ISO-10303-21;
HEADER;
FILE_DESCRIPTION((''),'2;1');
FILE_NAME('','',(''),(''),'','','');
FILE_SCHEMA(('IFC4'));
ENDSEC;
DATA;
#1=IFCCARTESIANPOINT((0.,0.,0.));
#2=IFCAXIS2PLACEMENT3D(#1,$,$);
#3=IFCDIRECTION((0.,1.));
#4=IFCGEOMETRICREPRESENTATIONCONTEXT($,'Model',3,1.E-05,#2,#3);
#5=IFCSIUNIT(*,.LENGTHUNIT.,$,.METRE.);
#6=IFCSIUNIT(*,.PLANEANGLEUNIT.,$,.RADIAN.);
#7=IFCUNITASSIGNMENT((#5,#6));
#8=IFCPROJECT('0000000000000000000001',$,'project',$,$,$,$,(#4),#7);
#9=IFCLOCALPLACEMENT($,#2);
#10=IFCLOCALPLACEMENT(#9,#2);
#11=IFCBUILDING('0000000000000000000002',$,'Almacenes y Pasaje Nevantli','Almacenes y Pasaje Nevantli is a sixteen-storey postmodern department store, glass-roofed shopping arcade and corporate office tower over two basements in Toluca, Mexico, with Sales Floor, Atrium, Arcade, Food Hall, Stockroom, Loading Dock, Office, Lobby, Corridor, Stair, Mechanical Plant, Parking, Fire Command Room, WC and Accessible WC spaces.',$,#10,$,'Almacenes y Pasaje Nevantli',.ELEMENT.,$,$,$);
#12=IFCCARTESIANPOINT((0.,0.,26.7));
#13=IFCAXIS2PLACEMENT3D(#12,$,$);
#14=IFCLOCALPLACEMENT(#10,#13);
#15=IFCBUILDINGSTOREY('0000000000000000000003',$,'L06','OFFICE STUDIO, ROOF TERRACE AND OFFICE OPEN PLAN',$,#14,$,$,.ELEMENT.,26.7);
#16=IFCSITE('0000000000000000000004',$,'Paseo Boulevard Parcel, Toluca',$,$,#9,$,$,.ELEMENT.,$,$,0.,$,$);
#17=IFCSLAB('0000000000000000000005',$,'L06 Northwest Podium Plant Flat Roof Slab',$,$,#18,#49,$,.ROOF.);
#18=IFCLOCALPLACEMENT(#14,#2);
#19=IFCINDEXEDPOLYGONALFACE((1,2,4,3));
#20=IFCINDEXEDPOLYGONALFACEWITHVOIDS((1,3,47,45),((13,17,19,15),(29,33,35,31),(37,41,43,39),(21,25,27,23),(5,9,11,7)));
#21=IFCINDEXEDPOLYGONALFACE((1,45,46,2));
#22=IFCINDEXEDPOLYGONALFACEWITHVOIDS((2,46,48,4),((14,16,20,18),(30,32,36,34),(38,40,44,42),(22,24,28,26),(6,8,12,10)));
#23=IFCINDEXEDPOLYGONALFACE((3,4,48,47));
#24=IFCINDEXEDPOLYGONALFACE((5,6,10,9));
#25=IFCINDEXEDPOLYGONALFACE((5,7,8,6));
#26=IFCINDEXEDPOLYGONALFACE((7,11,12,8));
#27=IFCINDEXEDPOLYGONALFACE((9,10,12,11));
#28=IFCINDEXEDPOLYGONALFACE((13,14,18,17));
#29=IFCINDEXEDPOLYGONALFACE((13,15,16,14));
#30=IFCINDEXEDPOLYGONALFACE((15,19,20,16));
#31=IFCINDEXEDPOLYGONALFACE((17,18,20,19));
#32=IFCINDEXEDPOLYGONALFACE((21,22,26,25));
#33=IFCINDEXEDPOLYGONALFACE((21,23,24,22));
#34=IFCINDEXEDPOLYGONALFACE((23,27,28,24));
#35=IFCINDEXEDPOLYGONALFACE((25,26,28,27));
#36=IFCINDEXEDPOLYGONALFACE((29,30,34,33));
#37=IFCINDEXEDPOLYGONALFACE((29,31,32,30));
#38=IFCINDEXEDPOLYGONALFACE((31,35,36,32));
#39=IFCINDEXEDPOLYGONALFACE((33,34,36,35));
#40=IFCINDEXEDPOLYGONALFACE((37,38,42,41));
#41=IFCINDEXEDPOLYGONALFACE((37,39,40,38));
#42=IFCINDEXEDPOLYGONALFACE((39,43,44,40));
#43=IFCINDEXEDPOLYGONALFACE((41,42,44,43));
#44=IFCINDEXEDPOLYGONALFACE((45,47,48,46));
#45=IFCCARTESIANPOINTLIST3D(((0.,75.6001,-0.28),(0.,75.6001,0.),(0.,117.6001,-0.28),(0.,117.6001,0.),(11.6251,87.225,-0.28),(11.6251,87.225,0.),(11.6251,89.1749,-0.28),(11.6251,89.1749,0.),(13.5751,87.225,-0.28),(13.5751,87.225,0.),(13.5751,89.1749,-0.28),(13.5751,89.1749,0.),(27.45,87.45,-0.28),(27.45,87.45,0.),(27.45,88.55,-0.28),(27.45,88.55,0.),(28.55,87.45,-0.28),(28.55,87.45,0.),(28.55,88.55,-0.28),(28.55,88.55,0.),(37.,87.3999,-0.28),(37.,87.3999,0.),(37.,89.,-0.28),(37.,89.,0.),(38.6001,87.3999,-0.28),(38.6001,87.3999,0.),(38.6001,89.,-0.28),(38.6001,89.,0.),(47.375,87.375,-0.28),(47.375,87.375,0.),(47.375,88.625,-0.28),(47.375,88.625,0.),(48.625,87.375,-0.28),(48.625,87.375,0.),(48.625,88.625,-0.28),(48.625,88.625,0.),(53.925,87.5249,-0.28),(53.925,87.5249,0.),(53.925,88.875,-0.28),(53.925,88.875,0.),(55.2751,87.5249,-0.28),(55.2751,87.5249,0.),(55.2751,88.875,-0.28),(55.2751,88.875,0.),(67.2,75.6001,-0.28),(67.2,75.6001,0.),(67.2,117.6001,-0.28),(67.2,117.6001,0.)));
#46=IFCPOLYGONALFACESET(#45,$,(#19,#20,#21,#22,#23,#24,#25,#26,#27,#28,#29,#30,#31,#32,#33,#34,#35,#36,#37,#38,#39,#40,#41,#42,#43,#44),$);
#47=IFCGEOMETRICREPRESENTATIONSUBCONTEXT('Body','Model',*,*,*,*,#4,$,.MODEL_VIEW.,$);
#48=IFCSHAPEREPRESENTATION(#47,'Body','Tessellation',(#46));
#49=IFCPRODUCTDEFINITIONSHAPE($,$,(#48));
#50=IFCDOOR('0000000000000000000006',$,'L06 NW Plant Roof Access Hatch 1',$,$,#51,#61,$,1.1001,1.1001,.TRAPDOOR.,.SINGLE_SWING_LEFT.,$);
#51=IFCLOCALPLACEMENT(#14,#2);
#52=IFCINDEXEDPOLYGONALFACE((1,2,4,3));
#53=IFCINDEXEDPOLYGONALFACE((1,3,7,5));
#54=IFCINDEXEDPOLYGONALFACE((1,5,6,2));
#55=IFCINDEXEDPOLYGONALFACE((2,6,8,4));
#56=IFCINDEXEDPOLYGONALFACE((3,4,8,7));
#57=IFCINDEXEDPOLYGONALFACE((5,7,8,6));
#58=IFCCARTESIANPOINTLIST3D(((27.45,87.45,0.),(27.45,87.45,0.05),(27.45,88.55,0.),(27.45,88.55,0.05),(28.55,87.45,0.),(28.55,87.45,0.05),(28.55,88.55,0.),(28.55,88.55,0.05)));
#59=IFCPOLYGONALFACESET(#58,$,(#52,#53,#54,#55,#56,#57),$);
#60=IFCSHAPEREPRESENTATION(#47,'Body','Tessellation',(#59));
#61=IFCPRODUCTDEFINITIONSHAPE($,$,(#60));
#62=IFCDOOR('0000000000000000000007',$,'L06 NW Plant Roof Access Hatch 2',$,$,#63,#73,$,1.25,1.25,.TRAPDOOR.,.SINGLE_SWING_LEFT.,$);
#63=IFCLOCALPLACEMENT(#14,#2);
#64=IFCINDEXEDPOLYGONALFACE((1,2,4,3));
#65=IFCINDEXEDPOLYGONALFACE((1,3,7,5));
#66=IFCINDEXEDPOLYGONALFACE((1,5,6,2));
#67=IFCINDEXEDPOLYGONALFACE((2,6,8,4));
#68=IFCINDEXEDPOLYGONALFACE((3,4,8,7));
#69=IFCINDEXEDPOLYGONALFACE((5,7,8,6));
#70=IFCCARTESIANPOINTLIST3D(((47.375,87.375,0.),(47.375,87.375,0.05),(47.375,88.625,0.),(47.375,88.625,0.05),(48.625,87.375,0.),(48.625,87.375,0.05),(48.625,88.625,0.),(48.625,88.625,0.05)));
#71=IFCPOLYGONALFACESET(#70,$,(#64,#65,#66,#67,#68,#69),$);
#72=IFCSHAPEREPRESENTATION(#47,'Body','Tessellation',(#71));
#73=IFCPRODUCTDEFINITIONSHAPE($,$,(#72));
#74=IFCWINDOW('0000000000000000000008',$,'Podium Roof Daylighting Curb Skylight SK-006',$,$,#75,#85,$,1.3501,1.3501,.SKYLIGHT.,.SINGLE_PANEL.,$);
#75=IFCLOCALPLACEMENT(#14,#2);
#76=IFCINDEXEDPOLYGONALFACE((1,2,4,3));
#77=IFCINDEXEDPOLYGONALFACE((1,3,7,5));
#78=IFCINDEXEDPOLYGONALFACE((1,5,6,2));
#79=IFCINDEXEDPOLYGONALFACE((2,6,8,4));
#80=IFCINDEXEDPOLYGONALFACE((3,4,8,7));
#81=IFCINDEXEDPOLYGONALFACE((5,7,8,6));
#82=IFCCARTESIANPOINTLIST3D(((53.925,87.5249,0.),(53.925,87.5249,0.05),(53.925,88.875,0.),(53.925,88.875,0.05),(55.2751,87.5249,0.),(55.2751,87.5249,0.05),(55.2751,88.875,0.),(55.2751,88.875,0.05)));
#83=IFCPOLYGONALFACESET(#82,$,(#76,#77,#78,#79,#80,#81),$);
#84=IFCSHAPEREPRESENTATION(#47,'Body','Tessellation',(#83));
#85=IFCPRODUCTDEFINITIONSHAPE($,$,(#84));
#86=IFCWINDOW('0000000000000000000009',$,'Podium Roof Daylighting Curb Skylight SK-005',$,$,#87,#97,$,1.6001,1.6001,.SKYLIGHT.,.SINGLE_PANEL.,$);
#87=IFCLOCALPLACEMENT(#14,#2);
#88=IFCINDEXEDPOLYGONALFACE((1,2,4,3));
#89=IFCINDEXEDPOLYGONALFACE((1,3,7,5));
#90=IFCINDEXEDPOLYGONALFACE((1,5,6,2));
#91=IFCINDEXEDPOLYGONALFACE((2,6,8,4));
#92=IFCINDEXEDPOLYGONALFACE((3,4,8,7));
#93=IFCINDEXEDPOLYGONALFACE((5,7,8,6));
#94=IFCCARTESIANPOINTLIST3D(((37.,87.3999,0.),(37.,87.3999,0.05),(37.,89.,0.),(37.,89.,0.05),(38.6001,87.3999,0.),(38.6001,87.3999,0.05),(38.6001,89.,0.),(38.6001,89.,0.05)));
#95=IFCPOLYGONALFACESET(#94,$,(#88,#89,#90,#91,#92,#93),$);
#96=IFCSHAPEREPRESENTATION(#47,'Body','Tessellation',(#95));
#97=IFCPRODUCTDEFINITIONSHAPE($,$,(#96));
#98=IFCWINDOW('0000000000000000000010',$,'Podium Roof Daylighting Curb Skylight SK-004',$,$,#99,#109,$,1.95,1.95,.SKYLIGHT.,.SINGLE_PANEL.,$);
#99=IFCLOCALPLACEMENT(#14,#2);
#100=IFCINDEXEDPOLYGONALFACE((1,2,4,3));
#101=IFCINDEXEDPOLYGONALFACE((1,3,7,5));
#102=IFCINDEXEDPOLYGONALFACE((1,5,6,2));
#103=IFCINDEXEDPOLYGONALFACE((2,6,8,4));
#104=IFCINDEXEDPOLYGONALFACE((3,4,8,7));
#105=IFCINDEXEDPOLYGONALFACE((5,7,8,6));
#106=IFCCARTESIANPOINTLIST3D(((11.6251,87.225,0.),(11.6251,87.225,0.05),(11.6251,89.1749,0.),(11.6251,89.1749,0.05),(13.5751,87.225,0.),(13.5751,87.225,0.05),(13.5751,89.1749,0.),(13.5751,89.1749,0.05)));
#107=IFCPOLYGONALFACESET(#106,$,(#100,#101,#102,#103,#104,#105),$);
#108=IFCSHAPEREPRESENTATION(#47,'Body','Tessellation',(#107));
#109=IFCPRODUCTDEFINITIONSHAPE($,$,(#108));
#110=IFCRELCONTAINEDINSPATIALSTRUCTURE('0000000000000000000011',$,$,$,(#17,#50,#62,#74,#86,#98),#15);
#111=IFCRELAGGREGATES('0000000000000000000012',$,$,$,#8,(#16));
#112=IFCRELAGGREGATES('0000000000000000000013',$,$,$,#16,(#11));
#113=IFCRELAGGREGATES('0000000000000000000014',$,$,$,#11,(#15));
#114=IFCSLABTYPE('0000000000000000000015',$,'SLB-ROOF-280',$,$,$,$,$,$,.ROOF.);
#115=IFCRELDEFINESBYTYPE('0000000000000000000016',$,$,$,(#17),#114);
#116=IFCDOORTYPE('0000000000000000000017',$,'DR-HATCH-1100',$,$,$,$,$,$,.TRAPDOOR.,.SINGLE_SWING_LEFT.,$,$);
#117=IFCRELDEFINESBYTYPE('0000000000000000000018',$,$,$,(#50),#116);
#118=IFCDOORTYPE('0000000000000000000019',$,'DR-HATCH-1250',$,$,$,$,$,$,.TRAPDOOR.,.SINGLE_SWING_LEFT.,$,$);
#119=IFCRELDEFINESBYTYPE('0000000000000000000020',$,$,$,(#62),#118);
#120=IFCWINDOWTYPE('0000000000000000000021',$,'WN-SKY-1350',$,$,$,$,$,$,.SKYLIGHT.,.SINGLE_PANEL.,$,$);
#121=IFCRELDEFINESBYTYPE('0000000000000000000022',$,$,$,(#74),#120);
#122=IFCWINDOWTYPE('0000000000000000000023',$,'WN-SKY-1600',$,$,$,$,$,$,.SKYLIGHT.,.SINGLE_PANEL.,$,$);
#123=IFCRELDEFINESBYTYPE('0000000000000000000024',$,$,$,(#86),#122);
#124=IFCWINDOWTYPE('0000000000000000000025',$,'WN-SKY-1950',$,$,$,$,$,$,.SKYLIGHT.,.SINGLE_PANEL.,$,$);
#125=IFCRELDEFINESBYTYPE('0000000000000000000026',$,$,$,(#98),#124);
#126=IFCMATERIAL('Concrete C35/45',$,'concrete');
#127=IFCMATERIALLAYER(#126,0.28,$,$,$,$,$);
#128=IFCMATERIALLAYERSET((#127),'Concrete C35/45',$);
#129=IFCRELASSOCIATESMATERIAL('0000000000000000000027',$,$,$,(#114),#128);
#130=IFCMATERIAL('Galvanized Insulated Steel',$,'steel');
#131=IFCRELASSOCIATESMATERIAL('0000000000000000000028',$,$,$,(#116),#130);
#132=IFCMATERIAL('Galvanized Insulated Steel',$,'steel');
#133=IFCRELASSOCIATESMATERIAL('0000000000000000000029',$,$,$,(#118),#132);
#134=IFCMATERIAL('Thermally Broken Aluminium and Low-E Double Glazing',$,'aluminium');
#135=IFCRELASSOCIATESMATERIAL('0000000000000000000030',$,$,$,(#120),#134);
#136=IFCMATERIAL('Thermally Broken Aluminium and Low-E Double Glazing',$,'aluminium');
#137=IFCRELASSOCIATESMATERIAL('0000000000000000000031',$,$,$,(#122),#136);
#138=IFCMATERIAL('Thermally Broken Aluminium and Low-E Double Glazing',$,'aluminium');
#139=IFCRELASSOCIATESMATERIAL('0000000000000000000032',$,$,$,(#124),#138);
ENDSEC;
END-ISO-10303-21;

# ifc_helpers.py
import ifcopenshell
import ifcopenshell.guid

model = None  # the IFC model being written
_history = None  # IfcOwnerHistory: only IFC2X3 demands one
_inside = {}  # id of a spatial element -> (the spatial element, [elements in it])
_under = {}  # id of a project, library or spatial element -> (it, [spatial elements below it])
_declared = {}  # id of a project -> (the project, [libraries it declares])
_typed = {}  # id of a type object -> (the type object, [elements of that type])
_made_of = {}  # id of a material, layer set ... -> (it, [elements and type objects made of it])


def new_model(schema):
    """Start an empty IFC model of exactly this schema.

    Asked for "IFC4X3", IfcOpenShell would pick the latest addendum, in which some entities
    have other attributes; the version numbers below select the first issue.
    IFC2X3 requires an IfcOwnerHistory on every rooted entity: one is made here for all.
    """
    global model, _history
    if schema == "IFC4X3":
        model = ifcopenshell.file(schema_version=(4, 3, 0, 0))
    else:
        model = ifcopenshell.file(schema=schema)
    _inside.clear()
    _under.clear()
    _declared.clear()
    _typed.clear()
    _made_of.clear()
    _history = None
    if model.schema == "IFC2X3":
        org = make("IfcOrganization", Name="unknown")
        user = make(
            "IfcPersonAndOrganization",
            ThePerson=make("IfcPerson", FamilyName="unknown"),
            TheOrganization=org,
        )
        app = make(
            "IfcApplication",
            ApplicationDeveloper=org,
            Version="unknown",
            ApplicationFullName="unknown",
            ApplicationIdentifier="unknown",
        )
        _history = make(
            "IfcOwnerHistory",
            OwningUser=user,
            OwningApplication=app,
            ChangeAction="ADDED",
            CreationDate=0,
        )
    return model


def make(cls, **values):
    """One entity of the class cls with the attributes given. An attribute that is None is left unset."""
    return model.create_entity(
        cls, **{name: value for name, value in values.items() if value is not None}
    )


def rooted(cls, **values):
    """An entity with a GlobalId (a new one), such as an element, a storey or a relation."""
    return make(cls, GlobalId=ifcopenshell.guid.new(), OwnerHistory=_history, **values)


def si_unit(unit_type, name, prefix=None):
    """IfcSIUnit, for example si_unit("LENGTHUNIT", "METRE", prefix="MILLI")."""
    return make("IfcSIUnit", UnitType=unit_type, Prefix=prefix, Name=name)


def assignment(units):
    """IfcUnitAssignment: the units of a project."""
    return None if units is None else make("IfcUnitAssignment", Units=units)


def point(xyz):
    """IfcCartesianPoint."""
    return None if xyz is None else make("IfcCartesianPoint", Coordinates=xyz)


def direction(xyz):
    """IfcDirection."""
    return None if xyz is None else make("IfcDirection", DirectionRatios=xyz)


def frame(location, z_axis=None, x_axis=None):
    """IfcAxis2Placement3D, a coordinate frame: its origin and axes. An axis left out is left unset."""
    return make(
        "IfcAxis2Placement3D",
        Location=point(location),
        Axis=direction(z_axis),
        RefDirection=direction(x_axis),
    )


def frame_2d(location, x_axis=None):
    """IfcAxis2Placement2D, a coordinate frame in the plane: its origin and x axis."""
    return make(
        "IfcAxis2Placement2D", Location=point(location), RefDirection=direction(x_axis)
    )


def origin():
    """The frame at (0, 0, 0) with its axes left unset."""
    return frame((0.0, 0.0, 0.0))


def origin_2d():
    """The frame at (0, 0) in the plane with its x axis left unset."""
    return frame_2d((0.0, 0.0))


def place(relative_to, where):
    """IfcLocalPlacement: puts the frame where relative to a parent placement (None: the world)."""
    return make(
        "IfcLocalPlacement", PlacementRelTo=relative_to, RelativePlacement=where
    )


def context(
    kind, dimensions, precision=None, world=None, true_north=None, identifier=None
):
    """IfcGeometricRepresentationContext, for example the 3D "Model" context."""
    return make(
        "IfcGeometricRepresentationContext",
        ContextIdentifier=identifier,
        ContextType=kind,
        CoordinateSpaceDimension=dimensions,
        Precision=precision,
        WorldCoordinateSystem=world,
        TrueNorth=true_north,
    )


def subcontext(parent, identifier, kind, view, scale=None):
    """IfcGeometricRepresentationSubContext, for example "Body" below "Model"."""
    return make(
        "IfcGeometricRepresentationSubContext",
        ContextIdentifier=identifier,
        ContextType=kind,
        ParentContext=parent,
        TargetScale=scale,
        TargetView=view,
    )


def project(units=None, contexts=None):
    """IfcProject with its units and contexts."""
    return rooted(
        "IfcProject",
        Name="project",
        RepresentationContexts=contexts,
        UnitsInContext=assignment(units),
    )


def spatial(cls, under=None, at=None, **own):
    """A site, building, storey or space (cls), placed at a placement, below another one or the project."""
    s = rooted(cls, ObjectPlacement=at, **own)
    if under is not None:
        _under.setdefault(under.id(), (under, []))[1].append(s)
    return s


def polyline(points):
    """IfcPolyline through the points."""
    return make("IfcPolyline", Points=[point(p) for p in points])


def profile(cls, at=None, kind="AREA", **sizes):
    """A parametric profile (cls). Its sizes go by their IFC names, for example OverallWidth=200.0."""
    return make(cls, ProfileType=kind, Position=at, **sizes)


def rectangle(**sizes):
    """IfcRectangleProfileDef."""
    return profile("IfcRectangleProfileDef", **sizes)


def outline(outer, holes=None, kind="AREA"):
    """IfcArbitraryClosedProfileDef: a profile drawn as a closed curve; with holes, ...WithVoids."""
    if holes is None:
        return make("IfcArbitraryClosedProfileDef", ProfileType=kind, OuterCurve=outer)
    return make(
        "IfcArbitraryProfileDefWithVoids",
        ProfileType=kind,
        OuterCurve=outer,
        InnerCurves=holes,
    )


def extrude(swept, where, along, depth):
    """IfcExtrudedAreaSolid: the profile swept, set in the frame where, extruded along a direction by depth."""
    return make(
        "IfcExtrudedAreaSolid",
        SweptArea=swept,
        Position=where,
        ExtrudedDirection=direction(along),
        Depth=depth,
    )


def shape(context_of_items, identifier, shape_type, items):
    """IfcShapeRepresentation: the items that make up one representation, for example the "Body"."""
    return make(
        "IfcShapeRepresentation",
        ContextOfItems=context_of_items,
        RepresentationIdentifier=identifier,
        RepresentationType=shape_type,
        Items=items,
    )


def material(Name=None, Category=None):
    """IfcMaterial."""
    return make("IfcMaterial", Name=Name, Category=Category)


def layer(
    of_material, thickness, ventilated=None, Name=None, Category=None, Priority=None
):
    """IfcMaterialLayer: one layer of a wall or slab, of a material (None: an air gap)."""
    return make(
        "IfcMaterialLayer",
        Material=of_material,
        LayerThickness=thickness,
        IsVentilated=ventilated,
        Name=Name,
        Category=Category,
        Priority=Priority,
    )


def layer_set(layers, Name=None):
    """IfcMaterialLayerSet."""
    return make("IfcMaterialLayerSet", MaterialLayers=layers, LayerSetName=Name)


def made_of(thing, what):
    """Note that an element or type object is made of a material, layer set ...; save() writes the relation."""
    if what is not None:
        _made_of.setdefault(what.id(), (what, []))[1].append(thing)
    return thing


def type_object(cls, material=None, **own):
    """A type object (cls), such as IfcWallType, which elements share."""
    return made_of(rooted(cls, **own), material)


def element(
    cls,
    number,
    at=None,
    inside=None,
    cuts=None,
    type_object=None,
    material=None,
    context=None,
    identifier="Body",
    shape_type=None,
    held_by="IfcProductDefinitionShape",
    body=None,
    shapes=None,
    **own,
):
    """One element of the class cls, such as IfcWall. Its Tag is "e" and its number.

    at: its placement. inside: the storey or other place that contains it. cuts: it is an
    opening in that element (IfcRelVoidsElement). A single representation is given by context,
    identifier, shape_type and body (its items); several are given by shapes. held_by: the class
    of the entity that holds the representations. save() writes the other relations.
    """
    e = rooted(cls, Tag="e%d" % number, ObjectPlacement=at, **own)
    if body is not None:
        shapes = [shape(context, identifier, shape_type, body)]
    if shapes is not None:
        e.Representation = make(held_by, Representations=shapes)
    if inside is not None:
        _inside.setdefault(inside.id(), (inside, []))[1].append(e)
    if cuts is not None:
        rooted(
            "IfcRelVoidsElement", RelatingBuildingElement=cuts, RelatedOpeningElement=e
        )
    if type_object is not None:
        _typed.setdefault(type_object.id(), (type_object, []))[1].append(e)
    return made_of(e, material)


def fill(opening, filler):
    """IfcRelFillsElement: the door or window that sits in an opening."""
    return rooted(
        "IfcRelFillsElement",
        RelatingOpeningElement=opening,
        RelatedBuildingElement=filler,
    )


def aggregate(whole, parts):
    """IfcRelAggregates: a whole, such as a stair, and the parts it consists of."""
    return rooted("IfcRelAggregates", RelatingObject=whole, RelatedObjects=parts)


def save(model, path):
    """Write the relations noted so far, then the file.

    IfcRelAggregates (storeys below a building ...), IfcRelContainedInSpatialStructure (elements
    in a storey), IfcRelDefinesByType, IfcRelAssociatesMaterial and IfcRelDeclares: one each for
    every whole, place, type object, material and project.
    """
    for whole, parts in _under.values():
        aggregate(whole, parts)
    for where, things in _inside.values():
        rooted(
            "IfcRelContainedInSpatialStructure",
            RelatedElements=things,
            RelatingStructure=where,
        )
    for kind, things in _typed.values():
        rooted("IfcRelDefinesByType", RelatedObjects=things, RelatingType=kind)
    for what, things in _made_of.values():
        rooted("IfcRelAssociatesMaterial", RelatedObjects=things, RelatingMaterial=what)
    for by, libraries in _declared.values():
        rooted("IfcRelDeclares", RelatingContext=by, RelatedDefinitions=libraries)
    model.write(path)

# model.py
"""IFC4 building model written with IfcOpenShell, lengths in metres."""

from ifc_helpers import new_model, si_unit, direction, frame, origin, origin_2d, place, context, subcontext, project, spatial, polyline, rectangle, outline, extrude, material, layer, layer_set, type_object, element, fill, save


model = new_model("IFC4")

# Units and contexts
model_context = context("Model", 3, precision=1e-05, world=origin(), true_north=direction((0.0, 1.0)))
body_context = subcontext(model_context, "Body", "Model", "MODEL_VIEW")
ifc_project = project(units=[si_unit("LENGTHUNIT", "METRE"), si_unit("PLANEANGLEUNIT", "RADIAN")], contexts=[model_context])

# Site, building, storey
site_placement = place(None, origin())
site = spatial("IfcSite", under=ifc_project, at=site_placement, Name="Paseo Boulevard Parcel, Toluca", CompositionType="ELEMENT", RefElevation=0.0)
building_placement = place(site_placement, origin())
building = spatial("IfcBuilding", under=site, at=building_placement, Name="Almacenes y Pasaje Nevantli", Description="Almacenes y Pasaje Nevantli is a sixteen-storey postmodern department store, glass-roofed shopping arcade and corporate office tower over two basements in Toluca, Mexico, with Sales Floor, Atrium, Arcade, Food Hall, Stockroom, Loading Dock, Office, Lobby, Corridor, Stair, Mechanical Plant, Parking, Fire Command Room, WC and Accessible WC spaces.", LongName="Almacenes y Pasaje Nevantli", CompositionType="ELEMENT")
storey_placement = place(building_placement, frame((0.0, 0.0, 26.7)))
storey = spatial("IfcBuildingStorey", under=building, at=storey_placement, Name="L06", Description="OFFICE STUDIO, ROOF TERRACE AND OFFICE OPEN PLAN", CompositionType="ELEMENT", Elevation=26.7)

# Slab, openings, doors, windows
ifc_material_1 = material(Name="Concrete C35/45", Category="concrete")
ifc_layer_1 = layer(ifc_material_1, 0.28)
ifc_layer_set_1 = layer_set([ifc_layer_1], Name="Concrete C35/45")
slab_type_1 = type_object("IfcSlabType", Name="SLB-ROOF-280", PredefinedType="ROOF", material=ifc_layer_set_1)
slab_1_placement = place(storey_placement, frame((0.0, 0.0, -0.28)))
slab_1 = element("IfcSlab", 1, at=slab_1_placement, inside=storey, type_object=slab_type_1, Name="L06 Northwest Podium Plant Flat Roof Slab", PredefinedType="ROOF", context=body_context, shape_type="SweptSolid", body=[
    extrude(outline(polyline([(0.0, 75.6001), (67.2, 75.6001), (67.2, 117.6001), (0.0, 117.6001), (0.0, 75.6001)])), origin(), (0.0, 0.0, 1.0), 0.28),
])
opening_1_placement = place(slab_1_placement, frame((28.0, 88.0, -0.01)))
opening_1 = element("IfcOpeningElement", 2, at=opening_1_placement, cuts=slab_1, PredefinedType="OPENING", context=body_context, shape_type="SweptSolid", body=[
    extrude(rectangle(XDim=1.1001, YDim=1.1001, at=origin_2d()), origin(), (0.0, 0.0, 1.0), 0.3501),
])
opening_2_placement = place(slab_1_placement, frame((48.0, 88.0, -0.01)))
opening_2 = element("IfcOpeningElement", 3, at=opening_2_placement, cuts=slab_1, PredefinedType="OPENING", context=body_context, shape_type="SweptSolid", body=[
    extrude(rectangle(XDim=1.25, YDim=1.25, at=origin_2d()), origin(), (0.0, 0.0, 1.0), 0.3501),
])
opening_3_placement = place(slab_1_placement, frame((12.6001, 88.2, -0.01)))
opening_3 = element("IfcOpeningElement", 4, at=opening_3_placement, cuts=slab_1, PredefinedType="OPENING", context=body_context, shape_type="SweptSolid", body=[
    extrude(rectangle(XDim=1.95, YDim=1.95, at=origin_2d()), origin(), (0.0, 0.0, 1.0), 0.3501),
])
opening_4_placement = place(slab_1_placement, frame((37.8, 88.2, -0.01)))
opening_4 = element("IfcOpeningElement", 5, at=opening_4_placement, cuts=slab_1, PredefinedType="OPENING", context=body_context, shape_type="SweptSolid", body=[
    extrude(rectangle(XDim=1.6001, YDim=1.6001, at=origin_2d()), origin(), (0.0, 0.0, 1.0), 0.3501),
])
opening_5_placement = place(slab_1_placement, frame((54.6001, 88.2, -0.01)))
opening_5 = element("IfcOpeningElement", 6, at=opening_5_placement, cuts=slab_1, PredefinedType="OPENING", context=body_context, shape_type="SweptSolid", body=[
    extrude(rectangle(XDim=1.3501, YDim=1.3501, at=origin_2d()), origin(), (0.0, 0.0, 1.0), 0.3501),
])
ifc_material_2 = material(Name="Galvanized Insulated Steel", Category="steel")
door_type_1 = type_object("IfcDoorType", Name="DR-HATCH-1100", OperationType="SINGLE_SWING_LEFT", PredefinedType="TRAPDOOR", material=ifc_material_2)
door_1_placement = place(slab_1_placement, frame((28.0, 88.0, 0.28)))
door_1 = element("IfcDoor", 7, at=door_1_placement, inside=storey, type_object=door_type_1, Name="L06 NW Plant Roof Access Hatch 1", OperationType="SINGLE_SWING_LEFT", OverallHeight=1.1001, OverallWidth=1.1001, PredefinedType="TRAPDOOR", context=body_context, shape_type="SweptSolid", body=[
    extrude(rectangle(XDim=1.1001, YDim=1.1001, at=origin_2d()), origin(), (0.0, 0.0, 1.0), 0.05),
])
fill(opening_1, door_1)
ifc_material_3 = material(Name="Galvanized Insulated Steel", Category="steel")
door_type_2 = type_object("IfcDoorType", Name="DR-HATCH-1250", OperationType="SINGLE_SWING_LEFT", PredefinedType="TRAPDOOR", material=ifc_material_3)
door_2_placement = place(slab_1_placement, frame((48.0, 88.0, 0.28)))
door_2 = element("IfcDoor", 8, at=door_2_placement, inside=storey, type_object=door_type_2, Name="L06 NW Plant Roof Access Hatch 2", OperationType="SINGLE_SWING_LEFT", OverallHeight=1.25, OverallWidth=1.25, PredefinedType="TRAPDOOR", context=body_context, shape_type="SweptSolid", body=[
    extrude(rectangle(XDim=1.25, YDim=1.25, at=origin_2d()), origin(), (0.0, 0.0, 1.0), 0.05),
])
fill(opening_2, door_2)
ifc_material_4 = material(Name="Thermally Broken Aluminium and Low-E Double Glazing", Category="aluminium")
window_type_1 = type_object("IfcWindowType", Name="WN-SKY-1350", PartitioningType="SINGLE_PANEL", PredefinedType="SKYLIGHT", material=ifc_material_4)
window_1_placement = place(slab_1_placement, frame((54.6001, 88.2, 0.28)))
window_1 = element("IfcWindow", 9, at=window_1_placement, inside=storey, type_object=window_type_1, Name="Podium Roof Daylighting Curb Skylight SK-006", OverallHeight=1.3501, OverallWidth=1.3501, PartitioningType="SINGLE_PANEL", PredefinedType="SKYLIGHT", context=body_context, shape_type="SweptSolid", body=[
    extrude(rectangle(XDim=1.3501, YDim=1.3501, at=origin_2d()), origin(), (0.0, 0.0, 1.0), 0.05),
])
fill(opening_5, window_1)
ifc_material_5 = material(Name="Thermally Broken Aluminium and Low-E Double Glazing", Category="aluminium")
window_type_2 = type_object("IfcWindowType", Name="WN-SKY-1600", PartitioningType="SINGLE_PANEL", PredefinedType="SKYLIGHT", material=ifc_material_5)
window_2_placement = place(slab_1_placement, frame((37.8, 88.2, 0.28)))
window_2 = element("IfcWindow", 10, at=window_2_placement, inside=storey, type_object=window_type_2, Name="Podium Roof Daylighting Curb Skylight SK-005", OverallHeight=1.6001, OverallWidth=1.6001, PartitioningType="SINGLE_PANEL", PredefinedType="SKYLIGHT", context=body_context, shape_type="SweptSolid", body=[
    extrude(rectangle(XDim=1.6001, YDim=1.6001, at=origin_2d()), origin(), (0.0, 0.0, 1.0), 0.05),
])
fill(opening_4, window_2)
ifc_material_6 = material(Name="Thermally Broken Aluminium and Low-E Double Glazing", Category="aluminium")
window_type_3 = type_object("IfcWindowType", Name="WN-SKY-1950", PartitioningType="SINGLE_PANEL", PredefinedType="SKYLIGHT", material=ifc_material_6)
window_3_placement = place(slab_1_placement, frame((12.6001, 88.2, 0.28)))
window_3 = element("IfcWindow", 11, at=window_3_placement, inside=storey, type_object=window_type_3, Name="Podium Roof Daylighting Curb Skylight SK-004", OverallHeight=1.95, OverallWidth=1.95, PartitioningType="SINGLE_PANEL", PredefinedType="SKYLIGHT", context=body_context, shape_type="SweptSolid", body=[
    extrude(rectangle(XDim=1.95, YDim=1.95, at=origin_2d()), origin(), (0.0, 0.0, 1.0), 0.05),
])
fill(opening_3, window_3)

save(model, "model.ifc")
